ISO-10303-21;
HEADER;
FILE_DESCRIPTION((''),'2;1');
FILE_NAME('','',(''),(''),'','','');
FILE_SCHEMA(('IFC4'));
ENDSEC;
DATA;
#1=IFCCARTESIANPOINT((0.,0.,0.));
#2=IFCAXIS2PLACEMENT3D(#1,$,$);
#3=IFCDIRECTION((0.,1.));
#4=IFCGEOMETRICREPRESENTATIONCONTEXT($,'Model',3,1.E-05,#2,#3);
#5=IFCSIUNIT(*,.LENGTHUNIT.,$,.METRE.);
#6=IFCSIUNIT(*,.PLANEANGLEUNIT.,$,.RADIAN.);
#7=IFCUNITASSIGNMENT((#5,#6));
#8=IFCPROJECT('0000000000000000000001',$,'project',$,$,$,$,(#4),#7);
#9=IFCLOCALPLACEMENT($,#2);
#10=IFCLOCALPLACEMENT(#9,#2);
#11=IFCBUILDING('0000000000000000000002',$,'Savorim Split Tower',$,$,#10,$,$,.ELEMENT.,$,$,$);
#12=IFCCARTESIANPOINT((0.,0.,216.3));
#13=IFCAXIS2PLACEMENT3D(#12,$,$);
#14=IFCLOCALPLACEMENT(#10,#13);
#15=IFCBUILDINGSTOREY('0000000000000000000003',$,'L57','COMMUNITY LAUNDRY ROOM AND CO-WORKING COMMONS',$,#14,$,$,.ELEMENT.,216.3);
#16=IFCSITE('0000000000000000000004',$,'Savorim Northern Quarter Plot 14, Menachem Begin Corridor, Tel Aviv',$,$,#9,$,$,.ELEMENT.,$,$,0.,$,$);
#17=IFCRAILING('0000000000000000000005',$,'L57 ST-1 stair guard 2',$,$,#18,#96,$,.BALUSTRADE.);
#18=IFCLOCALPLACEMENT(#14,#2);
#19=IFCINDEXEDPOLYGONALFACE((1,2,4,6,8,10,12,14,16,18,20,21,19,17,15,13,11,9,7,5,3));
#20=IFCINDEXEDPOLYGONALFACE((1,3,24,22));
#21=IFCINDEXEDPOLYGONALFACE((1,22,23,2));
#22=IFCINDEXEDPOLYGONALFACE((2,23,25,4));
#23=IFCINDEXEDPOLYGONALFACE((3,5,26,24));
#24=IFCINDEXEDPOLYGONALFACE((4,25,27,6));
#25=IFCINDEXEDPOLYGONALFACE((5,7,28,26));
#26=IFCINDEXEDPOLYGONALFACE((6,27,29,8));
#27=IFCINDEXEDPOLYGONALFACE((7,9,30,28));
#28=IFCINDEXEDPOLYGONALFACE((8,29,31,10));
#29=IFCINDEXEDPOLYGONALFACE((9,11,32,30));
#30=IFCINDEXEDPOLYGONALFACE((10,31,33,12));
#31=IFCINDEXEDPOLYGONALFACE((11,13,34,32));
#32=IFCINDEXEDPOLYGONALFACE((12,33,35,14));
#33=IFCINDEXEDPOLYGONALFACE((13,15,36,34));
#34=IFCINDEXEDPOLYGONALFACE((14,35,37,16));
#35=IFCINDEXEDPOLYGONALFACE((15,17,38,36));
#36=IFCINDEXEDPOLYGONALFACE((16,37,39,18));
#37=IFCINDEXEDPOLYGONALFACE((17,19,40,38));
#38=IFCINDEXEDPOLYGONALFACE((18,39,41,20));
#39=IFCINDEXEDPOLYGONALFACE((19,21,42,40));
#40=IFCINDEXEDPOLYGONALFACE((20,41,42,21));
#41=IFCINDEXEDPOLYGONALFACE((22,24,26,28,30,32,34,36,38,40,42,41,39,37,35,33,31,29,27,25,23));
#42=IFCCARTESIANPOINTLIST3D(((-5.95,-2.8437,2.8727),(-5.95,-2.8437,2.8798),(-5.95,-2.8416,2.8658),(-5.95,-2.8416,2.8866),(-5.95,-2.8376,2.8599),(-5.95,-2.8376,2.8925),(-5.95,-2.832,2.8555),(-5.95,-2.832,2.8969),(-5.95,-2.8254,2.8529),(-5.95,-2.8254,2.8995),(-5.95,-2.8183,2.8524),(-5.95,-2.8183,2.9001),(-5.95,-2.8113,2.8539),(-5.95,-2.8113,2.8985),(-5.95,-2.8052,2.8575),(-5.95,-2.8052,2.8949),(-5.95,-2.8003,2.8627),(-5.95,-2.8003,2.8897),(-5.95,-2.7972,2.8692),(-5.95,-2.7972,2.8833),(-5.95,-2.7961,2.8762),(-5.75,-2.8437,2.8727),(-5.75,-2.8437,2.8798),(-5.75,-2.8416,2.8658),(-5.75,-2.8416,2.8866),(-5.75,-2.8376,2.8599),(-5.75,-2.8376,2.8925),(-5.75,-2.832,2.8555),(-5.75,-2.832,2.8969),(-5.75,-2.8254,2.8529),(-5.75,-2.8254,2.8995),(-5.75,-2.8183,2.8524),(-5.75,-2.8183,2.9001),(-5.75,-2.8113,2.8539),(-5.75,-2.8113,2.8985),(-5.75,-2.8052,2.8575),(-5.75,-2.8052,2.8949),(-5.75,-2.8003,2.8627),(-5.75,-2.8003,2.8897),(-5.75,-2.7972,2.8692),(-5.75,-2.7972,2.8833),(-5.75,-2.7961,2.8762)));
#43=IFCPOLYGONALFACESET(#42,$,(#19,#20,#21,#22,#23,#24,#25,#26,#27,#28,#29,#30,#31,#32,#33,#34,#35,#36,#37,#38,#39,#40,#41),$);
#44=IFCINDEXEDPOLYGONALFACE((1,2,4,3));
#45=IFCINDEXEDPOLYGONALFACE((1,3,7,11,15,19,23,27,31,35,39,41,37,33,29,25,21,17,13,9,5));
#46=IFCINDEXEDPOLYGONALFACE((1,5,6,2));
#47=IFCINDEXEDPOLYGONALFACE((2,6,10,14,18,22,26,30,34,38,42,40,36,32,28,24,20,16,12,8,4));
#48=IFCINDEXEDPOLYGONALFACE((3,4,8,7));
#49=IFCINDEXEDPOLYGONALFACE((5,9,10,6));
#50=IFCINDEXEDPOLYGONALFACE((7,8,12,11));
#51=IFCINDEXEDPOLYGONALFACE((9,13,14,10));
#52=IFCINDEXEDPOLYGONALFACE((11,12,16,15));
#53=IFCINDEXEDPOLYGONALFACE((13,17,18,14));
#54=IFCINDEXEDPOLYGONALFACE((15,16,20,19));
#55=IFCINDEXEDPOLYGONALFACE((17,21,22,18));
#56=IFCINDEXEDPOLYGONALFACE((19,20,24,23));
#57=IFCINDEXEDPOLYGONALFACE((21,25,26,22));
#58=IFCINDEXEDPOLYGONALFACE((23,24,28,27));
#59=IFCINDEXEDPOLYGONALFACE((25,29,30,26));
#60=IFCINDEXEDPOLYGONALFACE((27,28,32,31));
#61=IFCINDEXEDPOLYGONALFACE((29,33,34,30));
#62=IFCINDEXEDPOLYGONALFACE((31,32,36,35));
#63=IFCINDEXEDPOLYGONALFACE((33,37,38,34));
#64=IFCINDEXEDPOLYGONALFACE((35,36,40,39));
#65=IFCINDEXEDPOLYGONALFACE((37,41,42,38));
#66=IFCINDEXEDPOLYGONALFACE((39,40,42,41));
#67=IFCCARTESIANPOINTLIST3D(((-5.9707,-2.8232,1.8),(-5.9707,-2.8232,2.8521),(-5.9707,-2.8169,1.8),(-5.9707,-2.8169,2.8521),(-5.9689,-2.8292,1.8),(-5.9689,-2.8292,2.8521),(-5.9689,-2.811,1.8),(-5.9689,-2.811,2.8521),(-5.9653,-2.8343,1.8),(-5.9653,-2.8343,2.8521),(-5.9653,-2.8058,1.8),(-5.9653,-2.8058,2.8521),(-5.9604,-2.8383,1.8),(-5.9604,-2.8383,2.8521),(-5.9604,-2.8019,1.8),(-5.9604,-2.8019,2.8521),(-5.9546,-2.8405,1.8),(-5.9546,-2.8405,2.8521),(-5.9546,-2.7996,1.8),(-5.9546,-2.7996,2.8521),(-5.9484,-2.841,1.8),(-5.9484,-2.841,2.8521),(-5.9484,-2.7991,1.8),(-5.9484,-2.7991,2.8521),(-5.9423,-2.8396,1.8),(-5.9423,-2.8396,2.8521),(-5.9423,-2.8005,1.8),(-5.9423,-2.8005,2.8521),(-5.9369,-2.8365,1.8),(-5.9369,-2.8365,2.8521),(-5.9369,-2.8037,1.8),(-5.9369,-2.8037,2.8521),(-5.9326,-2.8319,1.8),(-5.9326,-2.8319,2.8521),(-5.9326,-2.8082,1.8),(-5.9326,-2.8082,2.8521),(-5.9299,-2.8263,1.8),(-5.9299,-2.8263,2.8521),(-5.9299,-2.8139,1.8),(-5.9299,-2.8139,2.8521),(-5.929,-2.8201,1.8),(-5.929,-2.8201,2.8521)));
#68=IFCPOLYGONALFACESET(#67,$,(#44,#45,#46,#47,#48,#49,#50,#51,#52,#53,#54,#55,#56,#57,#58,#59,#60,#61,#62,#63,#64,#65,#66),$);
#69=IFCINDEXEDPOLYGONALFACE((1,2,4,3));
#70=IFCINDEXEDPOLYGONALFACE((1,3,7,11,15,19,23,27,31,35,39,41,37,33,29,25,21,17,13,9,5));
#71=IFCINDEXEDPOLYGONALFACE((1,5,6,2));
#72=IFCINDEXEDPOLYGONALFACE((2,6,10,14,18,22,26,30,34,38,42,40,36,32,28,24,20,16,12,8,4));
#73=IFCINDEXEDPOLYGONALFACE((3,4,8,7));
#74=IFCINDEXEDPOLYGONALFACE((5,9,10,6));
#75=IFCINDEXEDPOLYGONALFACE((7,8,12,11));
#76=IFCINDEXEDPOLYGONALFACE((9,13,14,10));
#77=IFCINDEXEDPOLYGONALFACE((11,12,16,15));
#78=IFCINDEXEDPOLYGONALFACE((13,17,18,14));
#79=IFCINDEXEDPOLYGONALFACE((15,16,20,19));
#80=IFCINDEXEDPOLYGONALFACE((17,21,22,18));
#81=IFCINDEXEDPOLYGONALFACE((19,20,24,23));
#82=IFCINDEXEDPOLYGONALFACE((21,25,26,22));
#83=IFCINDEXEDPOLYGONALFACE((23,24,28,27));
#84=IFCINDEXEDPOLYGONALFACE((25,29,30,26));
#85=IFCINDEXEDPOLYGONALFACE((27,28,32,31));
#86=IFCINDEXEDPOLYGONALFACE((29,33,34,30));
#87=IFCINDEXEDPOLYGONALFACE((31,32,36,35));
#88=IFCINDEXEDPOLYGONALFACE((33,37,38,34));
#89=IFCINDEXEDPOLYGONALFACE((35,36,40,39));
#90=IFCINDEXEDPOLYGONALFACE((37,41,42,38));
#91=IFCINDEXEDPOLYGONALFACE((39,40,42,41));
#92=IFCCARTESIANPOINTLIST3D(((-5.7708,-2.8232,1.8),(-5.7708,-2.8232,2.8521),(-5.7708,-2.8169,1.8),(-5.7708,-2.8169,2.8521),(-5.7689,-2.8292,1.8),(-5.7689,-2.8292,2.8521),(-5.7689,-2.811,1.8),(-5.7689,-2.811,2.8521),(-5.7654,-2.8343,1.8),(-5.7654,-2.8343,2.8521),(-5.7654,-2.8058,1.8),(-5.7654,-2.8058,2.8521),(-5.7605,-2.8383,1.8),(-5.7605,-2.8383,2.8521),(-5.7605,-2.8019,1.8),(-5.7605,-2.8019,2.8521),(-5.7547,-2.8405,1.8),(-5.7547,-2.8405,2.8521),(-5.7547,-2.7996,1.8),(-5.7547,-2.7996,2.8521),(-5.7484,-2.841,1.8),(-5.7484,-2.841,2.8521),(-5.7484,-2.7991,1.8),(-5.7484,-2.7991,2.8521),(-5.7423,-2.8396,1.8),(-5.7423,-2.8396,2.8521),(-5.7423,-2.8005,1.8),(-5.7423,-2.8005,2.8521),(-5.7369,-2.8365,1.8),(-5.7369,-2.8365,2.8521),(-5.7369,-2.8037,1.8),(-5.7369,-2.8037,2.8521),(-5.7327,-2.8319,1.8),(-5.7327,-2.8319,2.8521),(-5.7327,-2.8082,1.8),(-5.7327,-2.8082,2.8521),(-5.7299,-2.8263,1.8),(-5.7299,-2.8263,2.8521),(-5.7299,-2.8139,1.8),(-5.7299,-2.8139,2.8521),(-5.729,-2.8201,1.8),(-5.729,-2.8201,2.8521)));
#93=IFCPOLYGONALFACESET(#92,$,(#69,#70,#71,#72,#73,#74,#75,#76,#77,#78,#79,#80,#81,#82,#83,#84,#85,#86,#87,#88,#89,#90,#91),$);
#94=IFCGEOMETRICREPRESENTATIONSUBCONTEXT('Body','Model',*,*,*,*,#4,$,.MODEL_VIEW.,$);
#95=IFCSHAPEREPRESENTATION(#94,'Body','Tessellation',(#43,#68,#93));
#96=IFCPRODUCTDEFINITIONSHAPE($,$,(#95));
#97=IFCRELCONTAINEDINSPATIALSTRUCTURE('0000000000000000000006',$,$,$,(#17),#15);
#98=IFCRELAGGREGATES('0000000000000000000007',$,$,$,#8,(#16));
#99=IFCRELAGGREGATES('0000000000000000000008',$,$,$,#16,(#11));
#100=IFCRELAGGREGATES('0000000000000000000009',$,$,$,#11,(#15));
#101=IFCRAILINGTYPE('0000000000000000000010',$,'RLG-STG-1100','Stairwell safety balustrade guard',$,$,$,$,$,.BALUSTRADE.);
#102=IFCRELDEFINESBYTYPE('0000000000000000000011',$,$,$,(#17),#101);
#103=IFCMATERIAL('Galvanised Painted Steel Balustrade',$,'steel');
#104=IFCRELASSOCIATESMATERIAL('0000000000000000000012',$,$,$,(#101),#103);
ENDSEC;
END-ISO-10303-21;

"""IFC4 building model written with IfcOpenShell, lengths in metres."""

from ifc_helpers import new_model, si_unit, direction, frame, origin, origin_2d, place, context, subcontext, project, spatial, circle, extrude, material, type_object, element, save


model = new_model("IFC4")

# Units and contexts
model_context = context("Model", 3, precision=1e-05, world=origin(), true_north=direction((0.0, 1.0)))
body_context = subcontext(model_context, "Body", "Model", "MODEL_VIEW")
ifc_project = project(units=[si_unit("LENGTHUNIT", "METRE"), si_unit("PLANEANGLEUNIT", "RADIAN")], contexts=[model_context])

# Site, building, storey
site_placement = place(None, origin())
site = spatial("IfcSite", under=ifc_project, at=site_placement, Name="Savorim Northern Quarter Plot 14, Menachem Begin Corridor, Tel Aviv", CompositionType="ELEMENT", RefElevation=0.0)
building_placement = place(site_placement, origin())
building = spatial("IfcBuilding", under=site, at=building_placement, Name="Savorim Split Tower", CompositionType="ELEMENT")
storey_placement = place(building_placement, frame((0.0, 0.0, 216.3)))
storey = spatial("IfcBuildingStorey", under=building, at=storey_placement, Name="L57", Description="COMMUNITY LAUNDRY ROOM AND CO-WORKING COMMONS", CompositionType="ELEMENT", Elevation=216.3)

# Railing
ifc_material_1 = material(Name="Galvanised Painted Steel Balustrade", Category="steel")
railing_type_1 = type_object("IfcRailingType", Name="RLG-STG-1100", Description="Stairwell safety balustrade guard", PredefinedType="BALUSTRADE", material=ifc_material_1)
railing_1_placement = place(storey_placement, frame((-5.95, -2.8201, 1.8)))
element("IfcRailing", 1, at=railing_1_placement, inside=storey, type_object=railing_type_1, Name="L57 ST-1 stair guard 2", PredefinedType="BALUSTRADE", context=body_context, shape_type="SweptSolid", body=[
    extrude(circle(Radius=0.0239, at=origin_2d()), frame((0.0, 0.0, 1.0762), z_axis=(1.0, 0.0, 0.0), x_axis=(0.0, 1.0, 0.0)), (0.0, 0.0, 1.0), 0.2),
    extrude(circle(Radius=0.021, at=origin_2d()), origin(), (0.0, 0.0, 1.0), 1.052),
    extrude(circle(Radius=0.021, at=origin_2d()), frame((0.2, 0.0, 0.0)), (0.0, 0.0, 1.0), 1.052),
])

save(model, "model.ifc")
